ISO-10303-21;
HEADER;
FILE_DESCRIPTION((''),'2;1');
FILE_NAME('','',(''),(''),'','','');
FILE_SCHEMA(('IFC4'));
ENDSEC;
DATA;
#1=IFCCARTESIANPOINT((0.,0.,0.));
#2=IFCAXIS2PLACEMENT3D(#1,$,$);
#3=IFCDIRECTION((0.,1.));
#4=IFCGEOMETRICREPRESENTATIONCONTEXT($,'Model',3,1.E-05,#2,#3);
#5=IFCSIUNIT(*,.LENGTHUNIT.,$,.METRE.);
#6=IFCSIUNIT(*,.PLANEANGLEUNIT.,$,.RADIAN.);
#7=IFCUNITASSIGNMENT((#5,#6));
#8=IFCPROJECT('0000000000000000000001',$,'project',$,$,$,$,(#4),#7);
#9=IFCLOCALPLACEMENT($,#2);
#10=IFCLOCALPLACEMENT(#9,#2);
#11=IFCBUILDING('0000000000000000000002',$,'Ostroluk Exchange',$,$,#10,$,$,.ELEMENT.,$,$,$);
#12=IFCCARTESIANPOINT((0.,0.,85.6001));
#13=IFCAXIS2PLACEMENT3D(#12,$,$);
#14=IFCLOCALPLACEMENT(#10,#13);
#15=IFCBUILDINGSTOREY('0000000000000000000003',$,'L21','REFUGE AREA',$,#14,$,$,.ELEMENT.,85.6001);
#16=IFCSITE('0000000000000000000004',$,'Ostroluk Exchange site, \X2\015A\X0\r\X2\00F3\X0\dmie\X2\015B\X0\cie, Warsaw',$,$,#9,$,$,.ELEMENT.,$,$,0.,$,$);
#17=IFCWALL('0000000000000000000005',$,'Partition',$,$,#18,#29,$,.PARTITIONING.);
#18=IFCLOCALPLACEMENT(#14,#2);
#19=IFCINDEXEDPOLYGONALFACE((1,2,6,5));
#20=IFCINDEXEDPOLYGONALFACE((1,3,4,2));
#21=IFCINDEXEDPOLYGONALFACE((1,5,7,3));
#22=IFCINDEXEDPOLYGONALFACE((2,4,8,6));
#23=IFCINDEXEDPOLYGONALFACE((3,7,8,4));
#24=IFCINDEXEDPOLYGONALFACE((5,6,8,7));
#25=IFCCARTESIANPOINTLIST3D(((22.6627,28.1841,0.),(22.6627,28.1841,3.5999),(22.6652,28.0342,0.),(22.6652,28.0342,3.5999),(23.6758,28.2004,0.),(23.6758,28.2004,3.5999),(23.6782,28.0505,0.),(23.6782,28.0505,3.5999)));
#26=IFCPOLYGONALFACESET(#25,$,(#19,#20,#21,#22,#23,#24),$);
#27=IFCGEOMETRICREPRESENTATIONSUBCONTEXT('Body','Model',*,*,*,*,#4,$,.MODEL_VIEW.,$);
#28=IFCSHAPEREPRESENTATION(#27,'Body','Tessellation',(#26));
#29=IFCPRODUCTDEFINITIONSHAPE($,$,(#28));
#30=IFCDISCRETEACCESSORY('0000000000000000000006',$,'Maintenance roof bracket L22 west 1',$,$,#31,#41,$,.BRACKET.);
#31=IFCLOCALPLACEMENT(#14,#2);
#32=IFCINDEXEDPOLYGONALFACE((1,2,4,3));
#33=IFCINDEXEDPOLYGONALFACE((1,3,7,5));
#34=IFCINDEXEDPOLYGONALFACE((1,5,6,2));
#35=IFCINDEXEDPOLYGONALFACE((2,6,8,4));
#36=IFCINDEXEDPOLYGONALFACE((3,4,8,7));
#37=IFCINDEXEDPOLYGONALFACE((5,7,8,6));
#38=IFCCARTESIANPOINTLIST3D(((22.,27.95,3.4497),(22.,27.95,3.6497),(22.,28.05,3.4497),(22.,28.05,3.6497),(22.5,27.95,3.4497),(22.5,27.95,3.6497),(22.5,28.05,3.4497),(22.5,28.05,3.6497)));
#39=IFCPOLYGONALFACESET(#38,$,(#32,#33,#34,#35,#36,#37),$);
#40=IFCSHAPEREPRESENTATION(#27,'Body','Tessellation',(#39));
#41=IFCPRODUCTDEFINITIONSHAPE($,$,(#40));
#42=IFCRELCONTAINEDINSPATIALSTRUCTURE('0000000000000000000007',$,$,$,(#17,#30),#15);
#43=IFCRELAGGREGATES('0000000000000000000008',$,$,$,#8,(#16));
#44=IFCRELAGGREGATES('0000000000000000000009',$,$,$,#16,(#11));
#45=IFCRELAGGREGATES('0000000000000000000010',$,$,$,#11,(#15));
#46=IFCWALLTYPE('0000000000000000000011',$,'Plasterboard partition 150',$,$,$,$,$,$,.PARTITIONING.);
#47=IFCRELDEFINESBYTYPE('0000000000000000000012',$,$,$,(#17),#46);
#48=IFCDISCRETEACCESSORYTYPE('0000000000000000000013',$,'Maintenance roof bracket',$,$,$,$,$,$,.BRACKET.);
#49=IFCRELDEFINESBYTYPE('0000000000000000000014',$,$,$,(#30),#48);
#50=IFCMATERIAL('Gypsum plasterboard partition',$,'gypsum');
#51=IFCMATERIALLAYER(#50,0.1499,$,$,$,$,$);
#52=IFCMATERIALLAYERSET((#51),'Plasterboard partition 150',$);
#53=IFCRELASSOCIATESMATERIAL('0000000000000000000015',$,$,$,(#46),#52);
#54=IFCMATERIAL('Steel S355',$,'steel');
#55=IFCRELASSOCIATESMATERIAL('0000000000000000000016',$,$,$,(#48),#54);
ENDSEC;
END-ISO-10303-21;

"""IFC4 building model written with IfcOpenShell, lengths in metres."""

from ifc_helpers import new_model, si_unit, direction, frame, frame_2d, origin, origin_2d, place, context, subcontext, project, spatial, rectangle, extrude, material, layer, layer_set, type_object, element, save


model = new_model("IFC4")

# Units and contexts
model_context = context("Model", 3, precision=1e-05, world=origin(), true_north=direction((0.0, 1.0)))
body_context = subcontext(model_context, "Body", "Model", "MODEL_VIEW")
ifc_project = project(units=[si_unit("LENGTHUNIT", "METRE"), si_unit("PLANEANGLEUNIT", "RADIAN")], contexts=[model_context])

# Site, building, storey
site_placement = place(None, origin())
site = spatial("IfcSite", under=ifc_project, at=site_placement, Name="Ostroluk Exchange site, Śródmieście, Warsaw", CompositionType="ELEMENT", RefElevation=0.0)
building_placement = place(site_placement, origin())
building = spatial("IfcBuilding", under=site, at=building_placement, Name="Ostroluk Exchange", CompositionType="ELEMENT")
storey_placement = place(building_placement, frame((0.0, 0.0, 85.6001)))
storey = spatial("IfcBuildingStorey", under=building, at=storey_placement, Name="L21", Description="REFUGE AREA", CompositionType="ELEMENT", Elevation=85.6001)

# Wall
ifc_material_1 = material(Name="Gypsum plasterboard partition", Category="gypsum")
ifc_layer_1 = layer(ifc_material_1, 0.1499)
ifc_layer_set_1 = layer_set([ifc_layer_1], Name="Plasterboard partition 150")
wall_type_1 = type_object("IfcWallType", Name="Plasterboard partition 150", PredefinedType="PARTITIONING", material=ifc_layer_set_1)
wall_1_placement = place(storey_placement, frame((23.677, 28.1255, 0.0), z_axis=(0.0, 0.0, 1.0), x_axis=(-0.99987, -0.016146, 0.0)))
element("IfcWall", 1, at=wall_1_placement, inside=storey, type_object=wall_type_1, Name="Partition", PredefinedType="PARTITIONING", context=body_context, shape_type="SweptSolid", body=[
    extrude(rectangle(XDim=1.0132, YDim=0.1499, at=frame_2d((0.5066, 0.0))), origin(), (0.0, 0.0, 1.0), 3.5999),
])

# Discrete accessory
ifc_material_2 = material(Name="Steel S355", Category="steel")
discrete_accessory_type = type_object("IfcDiscreteAccessoryType", Name="Maintenance roof bracket", PredefinedType="BRACKET", material=ifc_material_2)
discrete_accessory_placement = place(storey_placement, frame((22.25, 28.0, 3.4497), z_axis=(0.0, 0.0, 1.0), x_axis=(1.0, 0.0, 0.0)))
element("IfcDiscreteAccessory", 2, at=discrete_accessory_placement, inside=storey, type_object=discrete_accessory_type, Name="Maintenance roof bracket L22 west 1", PredefinedType="BRACKET", context=body_context, shape_type="SweptSolid", body=[
    extrude(rectangle(XDim=0.5, YDim=0.1001, at=origin_2d()), origin(), (0.0, 0.0, 1.0), 0.2),
])

save(model, "model.ifc")
